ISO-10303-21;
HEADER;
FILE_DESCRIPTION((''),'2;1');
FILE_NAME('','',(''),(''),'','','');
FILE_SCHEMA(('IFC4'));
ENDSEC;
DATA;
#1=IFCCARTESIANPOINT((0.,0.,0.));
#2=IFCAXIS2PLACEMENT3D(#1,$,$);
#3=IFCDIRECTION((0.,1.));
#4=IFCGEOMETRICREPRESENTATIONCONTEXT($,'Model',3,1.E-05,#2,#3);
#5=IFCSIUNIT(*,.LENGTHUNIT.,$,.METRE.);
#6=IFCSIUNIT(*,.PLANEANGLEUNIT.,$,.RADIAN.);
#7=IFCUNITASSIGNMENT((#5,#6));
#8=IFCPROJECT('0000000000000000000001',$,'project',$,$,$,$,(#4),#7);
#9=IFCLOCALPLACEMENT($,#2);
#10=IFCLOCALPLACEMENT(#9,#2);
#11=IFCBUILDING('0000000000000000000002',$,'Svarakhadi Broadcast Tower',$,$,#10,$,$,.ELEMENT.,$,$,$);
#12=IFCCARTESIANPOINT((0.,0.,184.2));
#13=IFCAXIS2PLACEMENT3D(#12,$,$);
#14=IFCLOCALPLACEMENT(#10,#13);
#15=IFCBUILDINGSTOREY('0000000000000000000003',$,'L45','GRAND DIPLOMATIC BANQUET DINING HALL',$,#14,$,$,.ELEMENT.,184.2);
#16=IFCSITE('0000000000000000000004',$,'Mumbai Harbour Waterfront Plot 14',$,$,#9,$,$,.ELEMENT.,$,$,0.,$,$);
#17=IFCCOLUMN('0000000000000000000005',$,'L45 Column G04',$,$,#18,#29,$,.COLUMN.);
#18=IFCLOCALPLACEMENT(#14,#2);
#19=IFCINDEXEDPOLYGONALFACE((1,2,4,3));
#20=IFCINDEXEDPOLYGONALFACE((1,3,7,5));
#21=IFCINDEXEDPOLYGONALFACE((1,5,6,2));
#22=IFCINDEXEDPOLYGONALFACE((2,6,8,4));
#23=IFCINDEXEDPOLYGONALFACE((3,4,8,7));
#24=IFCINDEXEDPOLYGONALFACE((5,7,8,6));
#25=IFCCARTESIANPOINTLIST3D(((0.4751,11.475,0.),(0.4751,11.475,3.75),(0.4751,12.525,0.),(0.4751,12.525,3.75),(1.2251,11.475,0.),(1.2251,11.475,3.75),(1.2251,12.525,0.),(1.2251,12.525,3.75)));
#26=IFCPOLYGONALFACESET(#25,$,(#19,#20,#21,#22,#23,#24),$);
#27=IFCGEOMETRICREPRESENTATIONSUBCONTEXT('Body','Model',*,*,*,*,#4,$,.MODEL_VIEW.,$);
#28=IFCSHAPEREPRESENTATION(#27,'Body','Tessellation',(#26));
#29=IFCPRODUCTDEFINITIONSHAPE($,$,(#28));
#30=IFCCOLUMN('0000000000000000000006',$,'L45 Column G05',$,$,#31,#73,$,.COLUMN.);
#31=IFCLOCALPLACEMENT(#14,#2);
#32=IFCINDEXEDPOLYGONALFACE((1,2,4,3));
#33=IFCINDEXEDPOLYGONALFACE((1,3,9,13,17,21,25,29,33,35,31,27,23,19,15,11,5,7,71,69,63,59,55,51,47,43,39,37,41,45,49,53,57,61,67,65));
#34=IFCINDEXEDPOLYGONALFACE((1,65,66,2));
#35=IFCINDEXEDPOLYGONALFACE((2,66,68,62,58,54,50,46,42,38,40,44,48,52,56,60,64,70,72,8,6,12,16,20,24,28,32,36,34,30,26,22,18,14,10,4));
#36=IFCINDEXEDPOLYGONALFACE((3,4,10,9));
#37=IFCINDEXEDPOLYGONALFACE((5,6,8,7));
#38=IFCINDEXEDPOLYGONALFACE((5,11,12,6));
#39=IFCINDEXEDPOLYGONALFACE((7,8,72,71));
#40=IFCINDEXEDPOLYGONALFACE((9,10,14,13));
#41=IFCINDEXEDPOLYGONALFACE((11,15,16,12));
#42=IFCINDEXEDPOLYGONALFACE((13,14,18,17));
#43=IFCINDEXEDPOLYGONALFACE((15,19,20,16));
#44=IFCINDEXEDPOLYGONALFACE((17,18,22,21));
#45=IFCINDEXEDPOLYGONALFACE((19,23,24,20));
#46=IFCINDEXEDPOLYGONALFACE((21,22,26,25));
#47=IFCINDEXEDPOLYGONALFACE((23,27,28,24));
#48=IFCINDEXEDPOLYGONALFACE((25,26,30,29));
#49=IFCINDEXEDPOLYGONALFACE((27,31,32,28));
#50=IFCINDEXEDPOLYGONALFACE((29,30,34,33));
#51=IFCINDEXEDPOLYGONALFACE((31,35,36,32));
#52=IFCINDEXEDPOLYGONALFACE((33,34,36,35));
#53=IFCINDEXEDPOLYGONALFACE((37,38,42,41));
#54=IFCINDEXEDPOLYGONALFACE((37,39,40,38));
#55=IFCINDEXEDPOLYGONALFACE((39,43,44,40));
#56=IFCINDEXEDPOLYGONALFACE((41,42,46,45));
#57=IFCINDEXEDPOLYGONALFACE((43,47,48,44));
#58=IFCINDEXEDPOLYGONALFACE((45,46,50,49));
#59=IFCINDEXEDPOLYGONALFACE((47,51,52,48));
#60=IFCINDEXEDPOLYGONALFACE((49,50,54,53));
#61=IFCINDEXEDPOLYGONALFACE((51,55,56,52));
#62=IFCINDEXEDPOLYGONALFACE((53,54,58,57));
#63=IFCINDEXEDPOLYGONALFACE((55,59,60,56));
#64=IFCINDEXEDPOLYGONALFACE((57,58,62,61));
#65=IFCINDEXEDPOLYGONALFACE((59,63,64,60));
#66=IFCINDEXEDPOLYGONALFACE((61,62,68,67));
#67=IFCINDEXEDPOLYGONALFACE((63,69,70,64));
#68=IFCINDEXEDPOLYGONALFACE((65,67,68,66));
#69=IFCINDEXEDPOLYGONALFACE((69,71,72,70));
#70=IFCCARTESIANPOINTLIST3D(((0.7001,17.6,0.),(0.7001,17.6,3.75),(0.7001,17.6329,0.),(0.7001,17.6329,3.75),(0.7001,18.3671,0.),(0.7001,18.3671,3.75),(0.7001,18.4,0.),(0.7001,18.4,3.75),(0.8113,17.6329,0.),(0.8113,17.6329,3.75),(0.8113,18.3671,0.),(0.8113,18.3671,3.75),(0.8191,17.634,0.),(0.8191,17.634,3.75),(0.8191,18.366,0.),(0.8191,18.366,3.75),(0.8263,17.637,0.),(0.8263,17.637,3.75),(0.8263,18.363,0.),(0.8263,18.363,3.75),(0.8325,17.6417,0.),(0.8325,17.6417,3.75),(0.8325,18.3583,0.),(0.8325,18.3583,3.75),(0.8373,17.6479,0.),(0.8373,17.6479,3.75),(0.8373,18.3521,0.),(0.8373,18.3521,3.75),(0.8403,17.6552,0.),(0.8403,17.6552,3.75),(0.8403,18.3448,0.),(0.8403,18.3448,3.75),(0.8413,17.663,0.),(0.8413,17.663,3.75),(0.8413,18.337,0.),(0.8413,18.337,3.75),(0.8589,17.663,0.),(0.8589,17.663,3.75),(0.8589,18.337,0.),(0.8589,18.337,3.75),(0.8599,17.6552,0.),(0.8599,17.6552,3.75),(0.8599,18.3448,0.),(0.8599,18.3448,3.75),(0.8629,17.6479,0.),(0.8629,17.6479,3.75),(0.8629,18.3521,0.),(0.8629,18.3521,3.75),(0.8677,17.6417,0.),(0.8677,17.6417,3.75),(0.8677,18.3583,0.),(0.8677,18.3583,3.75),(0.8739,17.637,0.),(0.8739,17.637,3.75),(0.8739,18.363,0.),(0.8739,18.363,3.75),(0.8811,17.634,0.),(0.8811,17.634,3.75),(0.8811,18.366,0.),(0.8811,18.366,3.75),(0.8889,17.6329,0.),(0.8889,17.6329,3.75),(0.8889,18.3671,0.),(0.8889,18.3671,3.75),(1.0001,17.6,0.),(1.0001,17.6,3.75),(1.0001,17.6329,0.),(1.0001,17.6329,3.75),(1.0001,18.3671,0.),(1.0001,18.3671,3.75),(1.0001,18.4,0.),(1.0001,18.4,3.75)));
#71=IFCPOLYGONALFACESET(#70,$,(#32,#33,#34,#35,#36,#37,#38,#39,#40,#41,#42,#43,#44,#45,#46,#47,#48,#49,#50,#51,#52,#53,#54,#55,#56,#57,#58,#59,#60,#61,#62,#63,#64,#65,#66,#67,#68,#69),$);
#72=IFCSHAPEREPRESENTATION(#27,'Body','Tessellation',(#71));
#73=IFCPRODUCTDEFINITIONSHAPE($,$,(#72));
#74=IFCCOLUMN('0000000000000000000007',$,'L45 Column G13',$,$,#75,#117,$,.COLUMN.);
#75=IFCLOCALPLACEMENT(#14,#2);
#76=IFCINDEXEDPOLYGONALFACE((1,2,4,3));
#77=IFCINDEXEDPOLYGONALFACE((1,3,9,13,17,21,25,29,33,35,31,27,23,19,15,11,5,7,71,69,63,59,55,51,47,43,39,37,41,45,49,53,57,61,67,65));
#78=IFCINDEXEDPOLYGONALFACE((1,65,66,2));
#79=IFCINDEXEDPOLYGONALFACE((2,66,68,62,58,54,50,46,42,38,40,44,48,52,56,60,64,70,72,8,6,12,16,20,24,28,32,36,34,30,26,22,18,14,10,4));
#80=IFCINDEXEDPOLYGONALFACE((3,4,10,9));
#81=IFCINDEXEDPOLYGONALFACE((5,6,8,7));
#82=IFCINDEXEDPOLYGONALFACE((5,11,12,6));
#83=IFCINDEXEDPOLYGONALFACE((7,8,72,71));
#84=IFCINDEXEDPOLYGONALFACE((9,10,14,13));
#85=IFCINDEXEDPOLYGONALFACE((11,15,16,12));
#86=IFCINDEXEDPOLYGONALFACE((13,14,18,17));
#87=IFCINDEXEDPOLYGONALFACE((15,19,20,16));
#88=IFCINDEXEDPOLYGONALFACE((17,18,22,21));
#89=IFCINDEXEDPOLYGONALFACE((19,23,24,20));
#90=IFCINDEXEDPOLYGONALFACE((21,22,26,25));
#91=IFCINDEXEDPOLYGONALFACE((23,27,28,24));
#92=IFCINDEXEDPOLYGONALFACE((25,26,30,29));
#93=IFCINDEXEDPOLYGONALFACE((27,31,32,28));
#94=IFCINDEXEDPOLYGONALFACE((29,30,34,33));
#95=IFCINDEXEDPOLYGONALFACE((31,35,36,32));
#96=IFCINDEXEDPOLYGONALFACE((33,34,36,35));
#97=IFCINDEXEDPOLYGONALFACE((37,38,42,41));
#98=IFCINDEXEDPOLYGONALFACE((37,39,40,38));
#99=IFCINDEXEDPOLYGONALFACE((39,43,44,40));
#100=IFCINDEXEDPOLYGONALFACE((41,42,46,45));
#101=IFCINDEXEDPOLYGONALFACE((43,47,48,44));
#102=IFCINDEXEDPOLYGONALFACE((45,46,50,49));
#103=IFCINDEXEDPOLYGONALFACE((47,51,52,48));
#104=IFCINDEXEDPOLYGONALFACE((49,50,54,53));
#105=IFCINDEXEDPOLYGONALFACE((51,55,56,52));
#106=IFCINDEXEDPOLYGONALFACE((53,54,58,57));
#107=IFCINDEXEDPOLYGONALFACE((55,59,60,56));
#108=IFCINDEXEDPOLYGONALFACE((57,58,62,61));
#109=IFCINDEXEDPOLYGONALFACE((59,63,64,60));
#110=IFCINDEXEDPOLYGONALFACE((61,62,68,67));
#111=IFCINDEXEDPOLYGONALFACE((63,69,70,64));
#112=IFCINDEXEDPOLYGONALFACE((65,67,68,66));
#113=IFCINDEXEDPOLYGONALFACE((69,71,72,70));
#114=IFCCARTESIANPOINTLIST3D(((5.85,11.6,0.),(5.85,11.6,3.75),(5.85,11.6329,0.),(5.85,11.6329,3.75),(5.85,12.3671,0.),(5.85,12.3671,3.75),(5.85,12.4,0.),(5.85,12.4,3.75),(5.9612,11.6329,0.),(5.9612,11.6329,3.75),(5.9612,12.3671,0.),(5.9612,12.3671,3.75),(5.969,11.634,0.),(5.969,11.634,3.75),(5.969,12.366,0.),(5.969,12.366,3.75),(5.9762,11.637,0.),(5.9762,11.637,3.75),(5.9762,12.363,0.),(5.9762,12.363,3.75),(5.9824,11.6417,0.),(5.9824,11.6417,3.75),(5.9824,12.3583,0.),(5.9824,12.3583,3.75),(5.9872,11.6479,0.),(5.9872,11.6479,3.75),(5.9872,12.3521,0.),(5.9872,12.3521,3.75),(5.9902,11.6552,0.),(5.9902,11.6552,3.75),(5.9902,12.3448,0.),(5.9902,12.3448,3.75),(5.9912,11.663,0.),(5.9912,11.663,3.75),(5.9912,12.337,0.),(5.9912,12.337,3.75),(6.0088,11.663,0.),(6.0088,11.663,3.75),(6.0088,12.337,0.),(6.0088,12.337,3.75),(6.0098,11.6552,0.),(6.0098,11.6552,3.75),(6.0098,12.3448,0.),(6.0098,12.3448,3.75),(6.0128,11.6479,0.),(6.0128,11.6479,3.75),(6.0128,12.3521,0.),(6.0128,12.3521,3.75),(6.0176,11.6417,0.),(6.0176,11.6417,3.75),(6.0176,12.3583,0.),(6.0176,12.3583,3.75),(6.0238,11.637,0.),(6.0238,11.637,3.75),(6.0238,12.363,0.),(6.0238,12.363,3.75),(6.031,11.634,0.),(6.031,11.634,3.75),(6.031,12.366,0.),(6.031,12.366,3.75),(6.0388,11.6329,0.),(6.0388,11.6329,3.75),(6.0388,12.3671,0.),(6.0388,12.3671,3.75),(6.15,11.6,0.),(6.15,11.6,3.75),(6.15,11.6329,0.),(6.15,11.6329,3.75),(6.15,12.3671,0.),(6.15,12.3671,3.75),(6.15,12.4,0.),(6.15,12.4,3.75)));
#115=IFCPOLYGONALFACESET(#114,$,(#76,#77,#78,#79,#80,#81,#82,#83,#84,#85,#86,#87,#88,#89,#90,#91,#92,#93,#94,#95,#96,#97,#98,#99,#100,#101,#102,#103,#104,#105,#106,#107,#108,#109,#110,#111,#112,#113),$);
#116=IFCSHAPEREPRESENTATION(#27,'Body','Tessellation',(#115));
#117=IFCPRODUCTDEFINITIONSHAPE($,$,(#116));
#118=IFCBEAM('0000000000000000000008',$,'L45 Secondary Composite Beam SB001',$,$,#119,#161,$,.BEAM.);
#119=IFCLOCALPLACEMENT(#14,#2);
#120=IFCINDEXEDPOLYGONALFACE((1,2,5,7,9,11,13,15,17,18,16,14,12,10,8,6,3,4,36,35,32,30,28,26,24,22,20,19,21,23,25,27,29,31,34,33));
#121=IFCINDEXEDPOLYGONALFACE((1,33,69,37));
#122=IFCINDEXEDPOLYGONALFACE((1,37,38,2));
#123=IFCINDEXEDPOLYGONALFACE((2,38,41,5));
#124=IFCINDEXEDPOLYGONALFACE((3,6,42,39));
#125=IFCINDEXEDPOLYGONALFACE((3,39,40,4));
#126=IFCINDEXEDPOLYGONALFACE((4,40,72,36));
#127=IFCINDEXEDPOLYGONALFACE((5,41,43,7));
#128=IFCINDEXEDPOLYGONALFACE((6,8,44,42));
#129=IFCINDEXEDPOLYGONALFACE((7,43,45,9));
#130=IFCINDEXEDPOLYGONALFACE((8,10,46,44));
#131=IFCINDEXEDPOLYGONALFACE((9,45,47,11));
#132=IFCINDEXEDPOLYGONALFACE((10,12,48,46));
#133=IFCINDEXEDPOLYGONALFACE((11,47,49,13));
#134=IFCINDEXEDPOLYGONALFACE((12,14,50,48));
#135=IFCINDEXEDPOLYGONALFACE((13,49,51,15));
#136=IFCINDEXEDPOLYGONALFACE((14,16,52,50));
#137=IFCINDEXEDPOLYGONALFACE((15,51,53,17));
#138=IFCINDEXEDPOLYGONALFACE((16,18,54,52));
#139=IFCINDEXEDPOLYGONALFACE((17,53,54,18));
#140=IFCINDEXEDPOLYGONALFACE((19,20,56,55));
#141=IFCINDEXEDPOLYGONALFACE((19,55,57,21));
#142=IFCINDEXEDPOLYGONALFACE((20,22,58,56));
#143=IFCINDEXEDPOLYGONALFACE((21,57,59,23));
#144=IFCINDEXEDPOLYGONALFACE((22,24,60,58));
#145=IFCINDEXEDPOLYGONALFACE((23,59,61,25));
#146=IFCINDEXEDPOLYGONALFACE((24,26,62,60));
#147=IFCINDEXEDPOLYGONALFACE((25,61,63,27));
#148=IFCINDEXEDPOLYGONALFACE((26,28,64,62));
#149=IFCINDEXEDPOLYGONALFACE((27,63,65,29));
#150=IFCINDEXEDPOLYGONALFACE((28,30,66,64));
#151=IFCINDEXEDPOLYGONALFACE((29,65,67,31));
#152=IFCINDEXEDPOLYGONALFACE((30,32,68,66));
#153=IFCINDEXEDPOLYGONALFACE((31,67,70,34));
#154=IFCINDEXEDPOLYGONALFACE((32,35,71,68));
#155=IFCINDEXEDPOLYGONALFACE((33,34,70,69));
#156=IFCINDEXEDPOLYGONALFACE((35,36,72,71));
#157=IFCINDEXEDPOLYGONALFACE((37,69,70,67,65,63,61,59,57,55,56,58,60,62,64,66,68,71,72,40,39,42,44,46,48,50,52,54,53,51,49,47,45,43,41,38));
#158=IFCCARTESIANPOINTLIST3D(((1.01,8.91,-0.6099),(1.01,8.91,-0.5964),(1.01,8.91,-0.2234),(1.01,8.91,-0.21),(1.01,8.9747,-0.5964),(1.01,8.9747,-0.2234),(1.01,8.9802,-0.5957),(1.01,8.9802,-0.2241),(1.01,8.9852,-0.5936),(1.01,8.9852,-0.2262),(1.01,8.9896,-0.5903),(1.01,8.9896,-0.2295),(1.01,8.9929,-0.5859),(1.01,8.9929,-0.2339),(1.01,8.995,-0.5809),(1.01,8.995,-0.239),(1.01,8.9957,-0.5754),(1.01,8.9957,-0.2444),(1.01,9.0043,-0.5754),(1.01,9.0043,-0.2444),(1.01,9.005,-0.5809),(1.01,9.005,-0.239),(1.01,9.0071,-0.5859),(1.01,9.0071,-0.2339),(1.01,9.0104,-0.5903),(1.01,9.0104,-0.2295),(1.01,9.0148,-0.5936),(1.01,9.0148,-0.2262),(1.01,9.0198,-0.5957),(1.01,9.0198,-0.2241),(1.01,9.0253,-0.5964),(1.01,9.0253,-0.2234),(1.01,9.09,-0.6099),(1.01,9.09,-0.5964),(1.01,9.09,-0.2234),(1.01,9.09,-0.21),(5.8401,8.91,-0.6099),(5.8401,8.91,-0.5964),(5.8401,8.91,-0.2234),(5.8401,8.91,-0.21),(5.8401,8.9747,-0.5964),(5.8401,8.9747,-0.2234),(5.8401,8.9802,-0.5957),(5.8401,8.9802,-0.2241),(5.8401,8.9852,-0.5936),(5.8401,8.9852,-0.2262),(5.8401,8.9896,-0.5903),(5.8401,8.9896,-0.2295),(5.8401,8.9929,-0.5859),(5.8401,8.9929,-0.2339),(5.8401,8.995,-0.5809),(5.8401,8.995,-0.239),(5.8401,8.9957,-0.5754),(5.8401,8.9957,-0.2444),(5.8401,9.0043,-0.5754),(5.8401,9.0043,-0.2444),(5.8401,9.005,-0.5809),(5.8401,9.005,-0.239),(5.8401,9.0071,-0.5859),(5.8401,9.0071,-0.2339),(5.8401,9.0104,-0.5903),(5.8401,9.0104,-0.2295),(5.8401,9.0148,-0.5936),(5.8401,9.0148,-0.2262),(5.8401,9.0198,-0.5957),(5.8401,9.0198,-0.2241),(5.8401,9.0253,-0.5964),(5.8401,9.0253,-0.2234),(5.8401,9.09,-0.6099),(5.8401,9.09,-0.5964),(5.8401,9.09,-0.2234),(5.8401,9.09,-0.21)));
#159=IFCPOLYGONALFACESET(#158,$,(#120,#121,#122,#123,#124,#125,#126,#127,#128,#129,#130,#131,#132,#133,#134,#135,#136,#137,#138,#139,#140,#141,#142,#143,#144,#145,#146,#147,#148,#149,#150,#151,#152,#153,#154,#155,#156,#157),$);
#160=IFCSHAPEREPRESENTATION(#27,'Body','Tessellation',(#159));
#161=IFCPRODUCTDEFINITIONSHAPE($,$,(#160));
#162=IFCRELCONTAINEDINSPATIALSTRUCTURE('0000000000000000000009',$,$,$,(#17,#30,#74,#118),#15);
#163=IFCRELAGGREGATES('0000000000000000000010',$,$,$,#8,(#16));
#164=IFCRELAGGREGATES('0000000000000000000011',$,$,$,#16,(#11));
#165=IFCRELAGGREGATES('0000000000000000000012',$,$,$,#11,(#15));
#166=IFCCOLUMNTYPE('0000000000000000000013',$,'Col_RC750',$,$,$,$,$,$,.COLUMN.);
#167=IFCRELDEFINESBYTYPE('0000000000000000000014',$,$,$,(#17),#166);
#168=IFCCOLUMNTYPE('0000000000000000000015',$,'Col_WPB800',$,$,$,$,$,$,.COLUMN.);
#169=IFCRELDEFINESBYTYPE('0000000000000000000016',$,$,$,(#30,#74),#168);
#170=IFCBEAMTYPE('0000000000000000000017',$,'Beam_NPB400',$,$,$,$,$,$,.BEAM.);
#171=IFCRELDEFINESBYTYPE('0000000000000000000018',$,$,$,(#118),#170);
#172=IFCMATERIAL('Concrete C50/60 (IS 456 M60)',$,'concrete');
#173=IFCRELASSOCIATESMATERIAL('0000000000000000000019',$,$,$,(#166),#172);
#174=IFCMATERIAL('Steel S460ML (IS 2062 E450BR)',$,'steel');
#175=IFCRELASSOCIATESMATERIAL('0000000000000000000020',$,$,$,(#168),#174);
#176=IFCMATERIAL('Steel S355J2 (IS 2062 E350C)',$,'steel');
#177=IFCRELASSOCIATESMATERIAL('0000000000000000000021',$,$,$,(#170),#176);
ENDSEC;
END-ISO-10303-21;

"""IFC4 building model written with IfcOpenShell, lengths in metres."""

from ifc_helpers import new_model, si_unit, direction, frame, origin, origin_2d, place, context, subcontext, project, spatial, rectangle, i_section, extrude, material, material_profile, profile_set, type_object, element, save


model = new_model("IFC4")

# Units and contexts
model_context = context("Model", 3, precision=1e-05, world=origin(), true_north=direction((0.0, 1.0)))
body_context = subcontext(model_context, "Body", "Model", "MODEL_VIEW")
ifc_project = project(units=[si_unit("LENGTHUNIT", "METRE"), si_unit("PLANEANGLEUNIT", "RADIAN")], contexts=[model_context])

# Site, building, storey
site_placement = place(None, origin())
site = spatial("IfcSite", under=ifc_project, at=site_placement, Name="Mumbai Harbour Waterfront Plot 14", CompositionType="ELEMENT", RefElevation=0.0)
building_placement = place(site_placement, origin())
building = spatial("IfcBuilding", under=site, at=building_placement, Name="Svarakhadi Broadcast Tower", CompositionType="ELEMENT")
storey_placement = place(building_placement, frame((0.0, 0.0, 184.2)))
storey = spatial("IfcBuildingStorey", under=building, at=storey_placement, Name="L45", Description="GRAND DIPLOMATIC BANQUET DINING HALL", CompositionType="ELEMENT", Elevation=184.2)

# Columns
ifc_material_1 = material(Name="Concrete C50/60 (IS 456 M60)", Category="concrete")
ifc_material_profile_1 = material_profile(ifc_material_1, rectangle(XDim=0.75, YDim=1.05, at=origin_2d()), Name="RC 750x1050")
ifc_profile_set_1 = profile_set([ifc_material_profile_1], Name="Concrete C50/60 (IS 456 M60)")
column_type_1 = type_object("IfcColumnType", Name="Col_RC750", PredefinedType="COLUMN", material=ifc_profile_set_1)
column_placement = place(storey_placement, frame((0.8501, 12.0, 0.0), z_axis=(0.0, 0.0, 1.0), x_axis=(1.0, 0.0, 0.0)))
element("IfcColumn", 1, at=column_placement, inside=storey, type_object=column_type_1, Name="L45 Column G04", PredefinedType="COLUMN", context=body_context, shape_type="SweptSolid", body=[
    extrude(rectangle(XDim=0.75, YDim=1.05, at=origin_2d()), origin(), (0.0, 0.0, 1.0), 3.75),
])
ifc_material_2 = material(Name="Steel S460ML (IS 2062 E450BR)", Category="steel")
ifc_material_profile_2 = material_profile(ifc_material_2, i_section(OverallWidth=0.3, OverallDepth=0.8, WebThickness=0.0176, FlangeThickness=0.033, FilletRadius=0.03, at=origin_2d()), Name="WPB 800x300x262")
ifc_profile_set_2 = profile_set([ifc_material_profile_2], Name="Steel S460ML (IS 2062 E450BR)")
column_type_2 = type_object("IfcColumnType", Name="Col_WPB800", PredefinedType="COLUMN", material=ifc_profile_set_2)
for number, where, z_axis, x_axis, name in (
    (2, (0.8501, 18.0, 0.0), (0.0, 0.0, 1.0), (1.0, 0.0, 0.0), "L45 Column G05"),
    (3, (6.0, 12.0, 0.0), (0.0, 0.0, 1.0), (1.0, 0.0, 0.0), "L45 Column G13"),
):
    element("IfcColumn", number, at=place(storey_placement, frame(where, z_axis=z_axis, x_axis=x_axis)), inside=storey, type_object=column_type_2, Name=name, PredefinedType="COLUMN", context=body_context, shape_type="SweptSolid", body=[
        extrude(i_section(OverallWidth=0.3, OverallDepth=0.8, WebThickness=0.0176, FlangeThickness=0.033, FilletRadius=0.03, at=origin_2d()), origin(), (0.0, 0.0, 1.0), 3.75),
    ])

# Beam
ifc_material_3 = material(Name="Steel S355J2 (IS 2062 E350C)", Category="steel")
ifc_material_profile_3 = material_profile(ifc_material_3, i_section(OverallWidth=0.1799, OverallDepth=0.3999, WebThickness=0.0085, FlangeThickness=0.0134, FilletRadius=0.021, at=origin_2d()), Name="NPB 400x180x66")
ifc_profile_set_3 = profile_set([ifc_material_profile_3], Name="Steel S355J2 (IS 2062 E350C)")
beam_type_1 = type_object("IfcBeamType", Name="Beam_NPB400", PredefinedType="BEAM", material=ifc_profile_set_3)
for number, where, z_axis, x_axis, name in (
    (4, (1.01, 9.0, -0.4099), (1.0, 0.0, 0.0), (0.0, 1.0, 0.0), "L45 Secondary Composite Beam SB001"),
):
    element("IfcBeam", number, at=place(storey_placement, frame(where, z_axis=z_axis, x_axis=x_axis)), inside=storey, type_object=beam_type_1, Name=name, PredefinedType="BEAM", context=body_context, shape_type="SweptSolid", body=[
        extrude(i_section(OverallWidth=0.1799, OverallDepth=0.3999, WebThickness=0.0085, FlangeThickness=0.0134, FilletRadius=0.021, at=origin_2d()), origin(), (0.0, 0.0, 1.0), 4.8301),
    ])

save(model, "model.ifc")
